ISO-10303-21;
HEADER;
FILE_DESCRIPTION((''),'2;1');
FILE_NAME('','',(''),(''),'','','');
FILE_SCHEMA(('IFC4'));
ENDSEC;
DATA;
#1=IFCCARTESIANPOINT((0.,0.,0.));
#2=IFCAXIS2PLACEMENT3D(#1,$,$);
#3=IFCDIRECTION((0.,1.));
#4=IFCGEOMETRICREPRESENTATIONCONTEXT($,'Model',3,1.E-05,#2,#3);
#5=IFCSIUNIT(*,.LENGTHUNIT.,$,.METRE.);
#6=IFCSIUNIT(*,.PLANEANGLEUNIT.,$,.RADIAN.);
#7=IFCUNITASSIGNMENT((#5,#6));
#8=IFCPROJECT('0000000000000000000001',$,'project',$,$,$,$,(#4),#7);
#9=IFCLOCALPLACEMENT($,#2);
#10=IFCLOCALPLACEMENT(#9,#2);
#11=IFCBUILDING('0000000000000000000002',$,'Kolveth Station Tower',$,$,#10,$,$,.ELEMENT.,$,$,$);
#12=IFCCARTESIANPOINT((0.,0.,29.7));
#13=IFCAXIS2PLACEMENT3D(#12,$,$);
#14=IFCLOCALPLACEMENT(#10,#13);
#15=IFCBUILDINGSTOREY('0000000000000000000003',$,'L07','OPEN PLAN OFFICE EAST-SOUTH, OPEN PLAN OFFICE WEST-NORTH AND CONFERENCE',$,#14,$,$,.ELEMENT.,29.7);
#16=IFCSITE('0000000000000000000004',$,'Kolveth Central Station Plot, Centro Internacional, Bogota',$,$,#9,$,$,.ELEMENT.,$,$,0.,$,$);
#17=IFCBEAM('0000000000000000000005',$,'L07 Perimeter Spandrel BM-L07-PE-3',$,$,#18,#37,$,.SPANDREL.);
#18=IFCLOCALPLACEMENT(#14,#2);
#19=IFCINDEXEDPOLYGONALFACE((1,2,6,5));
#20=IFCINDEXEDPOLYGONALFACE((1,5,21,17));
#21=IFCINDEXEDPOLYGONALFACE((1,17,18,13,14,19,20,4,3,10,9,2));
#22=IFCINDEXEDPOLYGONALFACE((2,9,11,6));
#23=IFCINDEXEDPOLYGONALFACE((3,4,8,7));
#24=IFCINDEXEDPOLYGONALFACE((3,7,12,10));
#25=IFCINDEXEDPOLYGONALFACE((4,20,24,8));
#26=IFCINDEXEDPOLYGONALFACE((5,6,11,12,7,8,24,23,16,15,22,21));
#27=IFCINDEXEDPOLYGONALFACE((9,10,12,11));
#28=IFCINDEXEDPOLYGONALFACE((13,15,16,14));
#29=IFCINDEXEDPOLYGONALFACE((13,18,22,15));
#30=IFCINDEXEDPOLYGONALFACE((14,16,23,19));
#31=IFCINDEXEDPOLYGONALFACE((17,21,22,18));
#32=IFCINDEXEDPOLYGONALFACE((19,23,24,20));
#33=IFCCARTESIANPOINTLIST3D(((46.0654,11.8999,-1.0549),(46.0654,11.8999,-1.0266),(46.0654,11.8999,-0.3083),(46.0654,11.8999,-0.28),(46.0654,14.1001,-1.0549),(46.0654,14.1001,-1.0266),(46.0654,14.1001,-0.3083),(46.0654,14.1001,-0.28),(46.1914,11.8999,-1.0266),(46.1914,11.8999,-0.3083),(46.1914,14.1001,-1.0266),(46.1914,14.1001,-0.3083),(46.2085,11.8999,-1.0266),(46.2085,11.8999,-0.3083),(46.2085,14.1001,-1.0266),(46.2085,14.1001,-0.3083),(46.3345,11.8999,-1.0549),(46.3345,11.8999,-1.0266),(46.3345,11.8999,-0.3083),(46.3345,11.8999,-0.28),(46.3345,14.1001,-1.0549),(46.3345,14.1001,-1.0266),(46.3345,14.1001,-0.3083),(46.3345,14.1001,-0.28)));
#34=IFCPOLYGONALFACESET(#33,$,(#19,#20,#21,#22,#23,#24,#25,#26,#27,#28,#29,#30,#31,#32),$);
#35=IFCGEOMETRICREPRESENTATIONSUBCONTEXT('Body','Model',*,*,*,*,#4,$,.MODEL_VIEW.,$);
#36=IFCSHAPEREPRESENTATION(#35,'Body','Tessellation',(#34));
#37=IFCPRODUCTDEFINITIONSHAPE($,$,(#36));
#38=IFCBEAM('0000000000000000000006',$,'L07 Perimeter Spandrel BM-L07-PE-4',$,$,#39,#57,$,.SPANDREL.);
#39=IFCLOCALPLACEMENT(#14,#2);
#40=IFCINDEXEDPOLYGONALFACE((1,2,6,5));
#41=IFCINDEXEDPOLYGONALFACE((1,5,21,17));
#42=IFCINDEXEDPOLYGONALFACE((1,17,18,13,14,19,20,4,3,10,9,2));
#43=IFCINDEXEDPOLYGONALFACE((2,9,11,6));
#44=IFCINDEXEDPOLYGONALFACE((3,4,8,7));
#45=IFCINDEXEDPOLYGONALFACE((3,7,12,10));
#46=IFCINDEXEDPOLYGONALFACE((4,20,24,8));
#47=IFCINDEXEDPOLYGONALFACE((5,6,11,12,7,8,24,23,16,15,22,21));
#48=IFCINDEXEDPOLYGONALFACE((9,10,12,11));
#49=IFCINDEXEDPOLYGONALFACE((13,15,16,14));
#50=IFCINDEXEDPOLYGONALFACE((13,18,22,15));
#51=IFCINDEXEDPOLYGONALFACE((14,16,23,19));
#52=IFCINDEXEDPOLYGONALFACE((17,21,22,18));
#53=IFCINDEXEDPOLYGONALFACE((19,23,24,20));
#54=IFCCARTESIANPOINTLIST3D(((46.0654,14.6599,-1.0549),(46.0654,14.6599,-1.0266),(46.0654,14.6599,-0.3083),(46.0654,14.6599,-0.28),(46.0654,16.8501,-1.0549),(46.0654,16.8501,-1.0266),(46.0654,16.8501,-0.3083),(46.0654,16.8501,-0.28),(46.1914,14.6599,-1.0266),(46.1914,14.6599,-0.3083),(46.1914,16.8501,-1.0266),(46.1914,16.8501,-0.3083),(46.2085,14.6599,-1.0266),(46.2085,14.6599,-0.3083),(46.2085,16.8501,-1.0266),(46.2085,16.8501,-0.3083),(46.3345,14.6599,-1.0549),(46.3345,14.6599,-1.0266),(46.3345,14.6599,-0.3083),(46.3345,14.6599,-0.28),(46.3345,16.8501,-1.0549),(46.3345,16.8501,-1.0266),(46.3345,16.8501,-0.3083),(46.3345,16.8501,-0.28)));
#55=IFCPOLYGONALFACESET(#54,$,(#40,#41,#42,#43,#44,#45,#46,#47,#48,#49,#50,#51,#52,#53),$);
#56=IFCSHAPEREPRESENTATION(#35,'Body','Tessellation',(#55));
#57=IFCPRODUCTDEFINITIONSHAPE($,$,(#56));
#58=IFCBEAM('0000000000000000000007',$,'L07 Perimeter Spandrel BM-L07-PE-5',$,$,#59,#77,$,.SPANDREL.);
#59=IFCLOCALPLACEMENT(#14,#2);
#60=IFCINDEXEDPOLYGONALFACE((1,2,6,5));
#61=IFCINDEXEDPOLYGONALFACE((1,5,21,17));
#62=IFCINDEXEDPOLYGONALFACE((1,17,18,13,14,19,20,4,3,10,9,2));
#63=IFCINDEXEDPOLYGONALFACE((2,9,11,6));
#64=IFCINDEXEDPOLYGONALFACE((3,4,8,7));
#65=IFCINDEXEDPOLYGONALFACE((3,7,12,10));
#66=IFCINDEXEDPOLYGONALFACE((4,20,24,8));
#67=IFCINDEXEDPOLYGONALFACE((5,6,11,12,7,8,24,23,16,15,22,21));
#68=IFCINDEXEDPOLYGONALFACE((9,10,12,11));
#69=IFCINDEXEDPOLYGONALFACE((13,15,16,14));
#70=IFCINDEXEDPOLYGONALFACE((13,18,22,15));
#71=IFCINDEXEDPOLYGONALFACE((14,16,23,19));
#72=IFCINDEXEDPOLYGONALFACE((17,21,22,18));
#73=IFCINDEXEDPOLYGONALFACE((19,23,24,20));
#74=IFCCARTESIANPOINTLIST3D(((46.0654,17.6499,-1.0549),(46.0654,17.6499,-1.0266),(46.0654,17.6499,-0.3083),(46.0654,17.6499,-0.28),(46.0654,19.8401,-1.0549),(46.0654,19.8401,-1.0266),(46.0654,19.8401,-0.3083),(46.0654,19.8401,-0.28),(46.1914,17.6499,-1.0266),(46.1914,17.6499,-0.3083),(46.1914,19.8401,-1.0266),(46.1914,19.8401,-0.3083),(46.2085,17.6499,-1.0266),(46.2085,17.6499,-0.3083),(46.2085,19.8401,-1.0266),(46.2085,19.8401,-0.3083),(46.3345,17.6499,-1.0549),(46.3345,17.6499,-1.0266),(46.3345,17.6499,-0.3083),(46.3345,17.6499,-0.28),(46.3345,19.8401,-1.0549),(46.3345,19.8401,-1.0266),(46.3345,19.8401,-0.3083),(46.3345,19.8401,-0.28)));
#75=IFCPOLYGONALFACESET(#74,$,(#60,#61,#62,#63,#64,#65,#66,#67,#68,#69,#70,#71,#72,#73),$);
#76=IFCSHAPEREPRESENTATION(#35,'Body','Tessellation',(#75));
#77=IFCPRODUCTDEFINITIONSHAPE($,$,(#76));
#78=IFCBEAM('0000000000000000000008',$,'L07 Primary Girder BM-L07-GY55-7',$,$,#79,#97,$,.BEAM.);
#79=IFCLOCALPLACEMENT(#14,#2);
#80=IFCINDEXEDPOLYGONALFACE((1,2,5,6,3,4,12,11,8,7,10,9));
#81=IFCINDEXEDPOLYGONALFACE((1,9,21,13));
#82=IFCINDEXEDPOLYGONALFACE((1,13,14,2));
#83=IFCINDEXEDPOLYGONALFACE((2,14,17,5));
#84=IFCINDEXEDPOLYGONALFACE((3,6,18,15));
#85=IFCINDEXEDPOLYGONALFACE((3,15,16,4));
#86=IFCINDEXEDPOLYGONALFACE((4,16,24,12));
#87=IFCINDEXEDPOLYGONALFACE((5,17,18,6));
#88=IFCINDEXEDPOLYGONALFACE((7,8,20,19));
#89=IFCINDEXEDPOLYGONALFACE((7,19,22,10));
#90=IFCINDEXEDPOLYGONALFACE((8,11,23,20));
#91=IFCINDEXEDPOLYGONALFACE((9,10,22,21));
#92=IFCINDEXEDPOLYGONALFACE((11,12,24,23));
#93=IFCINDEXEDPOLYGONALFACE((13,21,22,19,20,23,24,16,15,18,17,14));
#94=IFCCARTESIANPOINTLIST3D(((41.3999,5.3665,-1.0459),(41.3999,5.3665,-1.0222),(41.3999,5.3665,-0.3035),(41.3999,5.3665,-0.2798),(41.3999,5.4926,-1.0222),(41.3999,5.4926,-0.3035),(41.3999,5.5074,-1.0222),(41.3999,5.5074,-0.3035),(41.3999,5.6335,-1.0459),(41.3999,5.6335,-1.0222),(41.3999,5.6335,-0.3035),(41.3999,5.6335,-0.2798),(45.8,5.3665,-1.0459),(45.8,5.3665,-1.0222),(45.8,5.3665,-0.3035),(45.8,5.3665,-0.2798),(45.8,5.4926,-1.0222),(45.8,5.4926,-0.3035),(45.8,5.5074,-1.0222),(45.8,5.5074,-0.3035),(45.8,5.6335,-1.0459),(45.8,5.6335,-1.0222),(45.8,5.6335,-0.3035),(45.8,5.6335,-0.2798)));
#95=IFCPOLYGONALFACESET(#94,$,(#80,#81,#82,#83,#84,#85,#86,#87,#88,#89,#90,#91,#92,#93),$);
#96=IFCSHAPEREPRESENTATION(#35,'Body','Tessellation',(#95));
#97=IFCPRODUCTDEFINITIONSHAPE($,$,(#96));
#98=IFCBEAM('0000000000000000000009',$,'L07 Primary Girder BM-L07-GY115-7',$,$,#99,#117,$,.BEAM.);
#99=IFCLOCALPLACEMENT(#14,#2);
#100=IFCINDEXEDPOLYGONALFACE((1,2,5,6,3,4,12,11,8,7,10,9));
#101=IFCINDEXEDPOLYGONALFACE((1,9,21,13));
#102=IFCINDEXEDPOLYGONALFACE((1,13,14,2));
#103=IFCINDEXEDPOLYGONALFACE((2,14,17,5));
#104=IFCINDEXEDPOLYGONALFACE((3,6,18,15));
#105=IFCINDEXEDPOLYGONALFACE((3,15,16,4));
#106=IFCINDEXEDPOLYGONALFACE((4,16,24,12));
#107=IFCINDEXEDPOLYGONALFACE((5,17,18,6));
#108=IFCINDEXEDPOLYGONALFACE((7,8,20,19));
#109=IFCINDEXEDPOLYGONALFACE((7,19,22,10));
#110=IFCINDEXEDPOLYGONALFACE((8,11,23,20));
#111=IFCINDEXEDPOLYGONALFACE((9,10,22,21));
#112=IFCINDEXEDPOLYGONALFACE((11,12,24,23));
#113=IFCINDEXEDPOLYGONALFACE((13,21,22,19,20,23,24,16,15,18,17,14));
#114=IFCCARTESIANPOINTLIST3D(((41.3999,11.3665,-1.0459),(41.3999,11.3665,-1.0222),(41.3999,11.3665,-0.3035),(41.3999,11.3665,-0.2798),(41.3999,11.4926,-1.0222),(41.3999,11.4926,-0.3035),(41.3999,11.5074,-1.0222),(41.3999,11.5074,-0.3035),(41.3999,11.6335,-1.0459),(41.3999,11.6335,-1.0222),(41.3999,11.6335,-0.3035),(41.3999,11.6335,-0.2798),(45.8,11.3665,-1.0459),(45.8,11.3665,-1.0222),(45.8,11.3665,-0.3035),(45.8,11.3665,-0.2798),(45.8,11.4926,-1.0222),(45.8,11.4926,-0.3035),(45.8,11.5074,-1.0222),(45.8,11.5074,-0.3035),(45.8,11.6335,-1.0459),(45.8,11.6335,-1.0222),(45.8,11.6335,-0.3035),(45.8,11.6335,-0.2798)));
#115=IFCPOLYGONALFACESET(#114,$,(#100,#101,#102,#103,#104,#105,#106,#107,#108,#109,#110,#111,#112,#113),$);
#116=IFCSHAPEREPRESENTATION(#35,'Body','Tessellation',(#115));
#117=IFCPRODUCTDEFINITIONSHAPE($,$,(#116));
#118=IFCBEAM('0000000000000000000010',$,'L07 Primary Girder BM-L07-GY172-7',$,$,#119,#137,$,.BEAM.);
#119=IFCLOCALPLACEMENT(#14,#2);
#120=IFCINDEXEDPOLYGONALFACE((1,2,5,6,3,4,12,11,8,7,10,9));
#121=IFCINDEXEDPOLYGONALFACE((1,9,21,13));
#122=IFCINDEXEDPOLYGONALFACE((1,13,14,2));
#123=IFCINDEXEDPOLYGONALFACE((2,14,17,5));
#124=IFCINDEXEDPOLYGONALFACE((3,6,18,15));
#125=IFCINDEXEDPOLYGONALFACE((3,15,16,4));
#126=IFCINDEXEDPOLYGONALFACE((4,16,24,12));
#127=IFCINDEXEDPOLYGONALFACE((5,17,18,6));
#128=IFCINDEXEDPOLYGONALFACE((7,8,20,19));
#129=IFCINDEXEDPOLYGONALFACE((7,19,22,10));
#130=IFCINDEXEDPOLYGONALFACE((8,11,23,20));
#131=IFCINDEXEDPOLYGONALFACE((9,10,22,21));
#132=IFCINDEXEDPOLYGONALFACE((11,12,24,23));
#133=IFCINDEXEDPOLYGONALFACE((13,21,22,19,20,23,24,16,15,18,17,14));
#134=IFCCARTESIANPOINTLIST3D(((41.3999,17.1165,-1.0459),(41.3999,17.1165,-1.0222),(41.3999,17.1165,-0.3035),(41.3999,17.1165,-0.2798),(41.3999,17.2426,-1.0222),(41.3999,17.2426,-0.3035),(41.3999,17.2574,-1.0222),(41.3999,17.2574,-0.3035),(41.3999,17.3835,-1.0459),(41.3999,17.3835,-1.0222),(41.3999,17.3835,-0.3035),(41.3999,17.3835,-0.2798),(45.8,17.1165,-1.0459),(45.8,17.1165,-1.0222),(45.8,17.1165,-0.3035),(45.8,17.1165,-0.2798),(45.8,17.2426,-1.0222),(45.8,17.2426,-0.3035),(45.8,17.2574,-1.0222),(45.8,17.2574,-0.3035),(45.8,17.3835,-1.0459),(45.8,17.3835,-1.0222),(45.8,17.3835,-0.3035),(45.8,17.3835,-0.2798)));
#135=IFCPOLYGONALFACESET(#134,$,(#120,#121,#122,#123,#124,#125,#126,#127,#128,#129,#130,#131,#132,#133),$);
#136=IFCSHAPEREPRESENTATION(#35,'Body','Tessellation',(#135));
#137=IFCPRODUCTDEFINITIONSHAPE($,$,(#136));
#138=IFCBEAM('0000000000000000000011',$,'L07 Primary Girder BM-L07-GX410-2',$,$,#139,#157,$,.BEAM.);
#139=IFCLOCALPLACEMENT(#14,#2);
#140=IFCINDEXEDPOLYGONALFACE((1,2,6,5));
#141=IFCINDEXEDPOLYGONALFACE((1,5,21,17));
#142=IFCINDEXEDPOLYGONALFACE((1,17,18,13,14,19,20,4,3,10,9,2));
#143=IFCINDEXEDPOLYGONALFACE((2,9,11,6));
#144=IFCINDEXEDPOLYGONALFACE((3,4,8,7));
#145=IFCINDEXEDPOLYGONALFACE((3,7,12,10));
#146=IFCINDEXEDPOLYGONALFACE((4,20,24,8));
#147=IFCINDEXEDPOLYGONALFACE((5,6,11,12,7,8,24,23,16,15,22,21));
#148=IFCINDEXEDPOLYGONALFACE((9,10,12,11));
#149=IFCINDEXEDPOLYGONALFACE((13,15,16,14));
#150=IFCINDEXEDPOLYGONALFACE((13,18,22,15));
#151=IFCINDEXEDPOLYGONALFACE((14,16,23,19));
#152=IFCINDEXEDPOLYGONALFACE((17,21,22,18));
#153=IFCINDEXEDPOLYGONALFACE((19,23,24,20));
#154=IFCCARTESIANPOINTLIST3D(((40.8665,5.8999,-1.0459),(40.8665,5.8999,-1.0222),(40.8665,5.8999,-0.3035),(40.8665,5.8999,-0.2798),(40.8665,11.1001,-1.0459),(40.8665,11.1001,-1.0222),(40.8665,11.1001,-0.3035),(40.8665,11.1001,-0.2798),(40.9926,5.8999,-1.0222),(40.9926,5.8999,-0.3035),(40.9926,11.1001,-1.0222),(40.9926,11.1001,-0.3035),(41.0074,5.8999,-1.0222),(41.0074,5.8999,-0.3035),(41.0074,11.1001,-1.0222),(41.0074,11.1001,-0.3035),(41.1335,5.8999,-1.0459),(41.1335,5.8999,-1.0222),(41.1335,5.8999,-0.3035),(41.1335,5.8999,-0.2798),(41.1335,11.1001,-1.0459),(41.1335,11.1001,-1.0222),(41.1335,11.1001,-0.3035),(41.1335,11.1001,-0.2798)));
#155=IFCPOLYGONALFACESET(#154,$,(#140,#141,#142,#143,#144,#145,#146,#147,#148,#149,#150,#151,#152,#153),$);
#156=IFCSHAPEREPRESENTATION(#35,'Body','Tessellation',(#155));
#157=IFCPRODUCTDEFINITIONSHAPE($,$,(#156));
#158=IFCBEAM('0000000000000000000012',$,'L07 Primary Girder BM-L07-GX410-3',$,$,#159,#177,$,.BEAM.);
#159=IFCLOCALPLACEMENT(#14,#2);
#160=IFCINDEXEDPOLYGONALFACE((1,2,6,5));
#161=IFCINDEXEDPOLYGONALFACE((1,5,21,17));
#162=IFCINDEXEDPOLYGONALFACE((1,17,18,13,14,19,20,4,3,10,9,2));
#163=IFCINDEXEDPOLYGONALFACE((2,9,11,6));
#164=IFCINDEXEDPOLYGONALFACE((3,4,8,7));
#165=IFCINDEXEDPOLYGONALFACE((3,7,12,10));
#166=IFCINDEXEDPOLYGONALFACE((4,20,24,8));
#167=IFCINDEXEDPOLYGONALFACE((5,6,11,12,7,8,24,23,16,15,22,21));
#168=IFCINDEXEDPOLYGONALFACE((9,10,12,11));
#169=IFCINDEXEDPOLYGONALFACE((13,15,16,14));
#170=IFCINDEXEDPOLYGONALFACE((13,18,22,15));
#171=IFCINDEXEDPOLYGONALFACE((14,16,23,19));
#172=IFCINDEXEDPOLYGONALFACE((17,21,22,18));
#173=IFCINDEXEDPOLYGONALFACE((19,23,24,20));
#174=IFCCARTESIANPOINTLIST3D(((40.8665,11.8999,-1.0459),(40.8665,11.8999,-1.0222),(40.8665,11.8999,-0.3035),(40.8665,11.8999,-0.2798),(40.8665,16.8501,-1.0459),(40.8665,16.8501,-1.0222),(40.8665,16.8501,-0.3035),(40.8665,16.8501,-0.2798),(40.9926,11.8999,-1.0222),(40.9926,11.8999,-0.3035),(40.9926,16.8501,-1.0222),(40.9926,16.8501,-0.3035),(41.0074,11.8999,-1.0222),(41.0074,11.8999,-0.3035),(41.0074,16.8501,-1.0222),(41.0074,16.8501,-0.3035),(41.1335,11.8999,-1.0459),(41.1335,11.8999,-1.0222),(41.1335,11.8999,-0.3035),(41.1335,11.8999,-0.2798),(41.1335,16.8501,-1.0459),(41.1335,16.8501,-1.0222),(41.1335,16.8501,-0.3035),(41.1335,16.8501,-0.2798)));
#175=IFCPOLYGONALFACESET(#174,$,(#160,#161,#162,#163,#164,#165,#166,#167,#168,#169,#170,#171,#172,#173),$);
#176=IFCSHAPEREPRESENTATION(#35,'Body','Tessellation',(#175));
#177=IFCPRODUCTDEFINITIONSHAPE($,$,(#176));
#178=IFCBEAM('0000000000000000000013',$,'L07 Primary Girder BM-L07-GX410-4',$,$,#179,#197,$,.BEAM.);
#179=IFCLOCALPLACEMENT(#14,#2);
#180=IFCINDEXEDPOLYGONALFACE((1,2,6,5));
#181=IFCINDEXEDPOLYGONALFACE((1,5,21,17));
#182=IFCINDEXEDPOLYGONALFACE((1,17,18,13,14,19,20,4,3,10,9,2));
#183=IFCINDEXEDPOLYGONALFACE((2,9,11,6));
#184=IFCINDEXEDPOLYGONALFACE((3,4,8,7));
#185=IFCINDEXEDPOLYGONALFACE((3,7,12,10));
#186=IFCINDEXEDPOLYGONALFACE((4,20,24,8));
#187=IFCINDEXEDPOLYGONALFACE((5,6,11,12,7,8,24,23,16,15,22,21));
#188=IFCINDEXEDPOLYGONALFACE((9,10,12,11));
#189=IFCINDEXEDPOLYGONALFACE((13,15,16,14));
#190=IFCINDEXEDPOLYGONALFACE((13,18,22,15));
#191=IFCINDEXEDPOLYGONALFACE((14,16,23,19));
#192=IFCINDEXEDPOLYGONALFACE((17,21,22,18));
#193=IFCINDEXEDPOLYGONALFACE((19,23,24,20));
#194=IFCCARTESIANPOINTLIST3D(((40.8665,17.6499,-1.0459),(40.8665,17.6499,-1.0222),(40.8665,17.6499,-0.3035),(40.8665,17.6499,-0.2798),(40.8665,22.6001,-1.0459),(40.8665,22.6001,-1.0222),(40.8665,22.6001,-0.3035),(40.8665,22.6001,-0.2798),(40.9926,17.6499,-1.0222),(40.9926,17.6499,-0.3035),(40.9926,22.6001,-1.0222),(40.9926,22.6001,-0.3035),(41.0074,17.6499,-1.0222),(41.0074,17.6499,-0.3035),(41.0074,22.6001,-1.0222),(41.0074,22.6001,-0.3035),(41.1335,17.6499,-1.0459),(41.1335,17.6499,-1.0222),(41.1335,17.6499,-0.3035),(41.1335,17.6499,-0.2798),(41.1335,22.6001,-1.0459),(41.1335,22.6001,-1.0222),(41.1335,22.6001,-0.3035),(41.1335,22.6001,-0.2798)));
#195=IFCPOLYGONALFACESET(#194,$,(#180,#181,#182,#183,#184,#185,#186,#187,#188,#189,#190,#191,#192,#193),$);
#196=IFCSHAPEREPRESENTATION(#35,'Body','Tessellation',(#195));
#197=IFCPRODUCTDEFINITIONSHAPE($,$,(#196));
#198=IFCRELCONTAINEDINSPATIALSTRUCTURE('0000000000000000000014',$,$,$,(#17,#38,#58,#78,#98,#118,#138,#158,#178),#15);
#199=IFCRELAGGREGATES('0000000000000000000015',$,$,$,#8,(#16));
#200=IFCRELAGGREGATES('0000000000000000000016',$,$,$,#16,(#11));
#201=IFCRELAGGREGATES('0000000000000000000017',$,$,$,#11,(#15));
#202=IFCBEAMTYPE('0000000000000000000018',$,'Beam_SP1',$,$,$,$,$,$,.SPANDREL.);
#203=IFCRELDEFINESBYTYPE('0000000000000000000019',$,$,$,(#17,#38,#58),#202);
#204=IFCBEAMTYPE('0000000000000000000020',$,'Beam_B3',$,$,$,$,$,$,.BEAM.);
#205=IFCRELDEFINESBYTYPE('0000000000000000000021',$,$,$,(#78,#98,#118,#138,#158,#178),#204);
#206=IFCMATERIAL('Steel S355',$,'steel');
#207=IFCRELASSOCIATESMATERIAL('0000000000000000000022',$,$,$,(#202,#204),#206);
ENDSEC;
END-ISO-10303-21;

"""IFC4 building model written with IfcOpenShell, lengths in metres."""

from ifc_helpers import new_model, si_unit, direction, frame, origin, origin_2d, place, context, subcontext, project, spatial, i_section, extrude, source, transform, mapped, material, material_profile, profile_set, type_object, element, save


model = new_model("IFC4")

# Units and contexts
model_context = context("Model", 3, precision=1e-05, world=origin(), true_north=direction((0.0, 1.0)))
body_context = subcontext(model_context, "Body", "Model", "MODEL_VIEW")
ifc_project = project(units=[si_unit("LENGTHUNIT", "METRE"), si_unit("PLANEANGLEUNIT", "RADIAN")], contexts=[model_context])

# Site, building, storey
site_placement = place(None, origin())
site = spatial("IfcSite", under=ifc_project, at=site_placement, Name="Kolveth Central Station Plot, Centro Internacional, Bogota", CompositionType="ELEMENT", RefElevation=0.0)
building_placement = place(site_placement, origin())
building = spatial("IfcBuilding", under=site, at=building_placement, Name="Kolveth Station Tower", CompositionType="ELEMENT")
storey_placement = place(building_placement, frame((0.0, 0.0, 29.7)))
storey = spatial("IfcBuildingStorey", under=building, at=storey_placement, Name="L07", Description="OPEN PLAN OFFICE EAST-SOUTH, OPEN PLAN OFFICE WEST-NORTH AND CONFERENCE", CompositionType="ELEMENT", Elevation=29.7)

# Shared definitions
ifc_material_1 = material(Name="Steel S355", Category="steel")

# Beams
ifc_material_profile_1 = material_profile(ifc_material_1, i_section(OverallWidth=0.269, OverallDepth=0.7749, WebThickness=0.0171, FlangeThickness=0.0283, at=origin_2d()), Name="W760x220")
ifc_profile_set_1 = profile_set([ifc_material_profile_1], Name="Steel S355")
beam_type_1 = type_object("IfcBeamType", Name="Beam_SP1", PredefinedType="SPANDREL", material=ifc_profile_set_1)
shared_shape_1 = source(origin(), body_context, "Body", "SweptSolid", [
    extrude(i_section(OverallWidth=0.269, OverallDepth=0.7749, WebThickness=0.0171, FlangeThickness=0.0283, at=origin_2d()), origin(), (0.0, 0.0, 1.0), 2.2002),
])
beam_1_placement = place(storey_placement, frame((46.2, 11.8999, -0.6675), z_axis=(0.0, 1.0, 0.0), x_axis=(-1.0, 0.0, 0.0)))
element("IfcBeam", 1, at=beam_1_placement, inside=storey, type_object=beam_type_1, Name="L07 Perimeter Spandrel BM-L07-PE-3", PredefinedType="SPANDREL", context=body_context, shape_type="MappedRepresentation", body=[
    mapped(shared_shape_1, transform((0.0, 0.0, 0.0), x_axis=(1.0, 0.0, 0.0), y_axis=(0.0, 1.0, 0.0), z_axis=(0.0, 0.0, 1.0), scale=1.0)),
])
shared_shape_2 = source(origin(), body_context, "Body", "SweptSolid", [
    extrude(i_section(OverallWidth=0.269, OverallDepth=0.7749, WebThickness=0.0171, FlangeThickness=0.0283, at=origin_2d()), origin(), (0.0, 0.0, 1.0), 2.1902),
])
for number, where, z_axis, x_axis, name in (
    (2, (46.2, 14.6599, -0.6675), (0.0, 1.0, 0.0), (-1.0, 0.0, 0.0), "L07 Perimeter Spandrel BM-L07-PE-4"),
    (3, (46.2, 17.6499, -0.6675), (0.0, 1.0, 0.0), (-1.0, 0.0, 0.0), "L07 Perimeter Spandrel BM-L07-PE-5"),
):
    element("IfcBeam", number, at=place(storey_placement, frame(where, z_axis=z_axis, x_axis=x_axis)), inside=storey, type_object=beam_type_1, Name=name, PredefinedType="SPANDREL", context=body_context, shape_type="MappedRepresentation", body=[
        mapped(shared_shape_2, transform((0.0, 0.0, 0.0), x_axis=(1.0, 0.0, 0.0), y_axis=(0.0, 1.0, 0.0), z_axis=(0.0, 0.0, 1.0), scale=1.0)),
    ])
ifc_material_profile_2 = material_profile(ifc_material_1, i_section(OverallWidth=0.2671, OverallDepth=0.7661, WebThickness=0.0149, FlangeThickness=0.0237, at=origin_2d()), Name="W760x185")
ifc_profile_set_2 = profile_set([ifc_material_profile_2], Name="Steel S355")
beam_type_2 = type_object("IfcBeamType", Name="Beam_B3", PredefinedType="BEAM", material=ifc_profile_set_2)
shared_shape_3 = source(origin(), body_context, "Body", "SweptSolid", [
    extrude(i_section(OverallWidth=0.2671, OverallDepth=0.7661, WebThickness=0.0149, FlangeThickness=0.0237, at=origin_2d()), origin(), (0.0, 0.0, 1.0), 4.4001),
])
for number, where, z_axis, x_axis, name in (
    (4, (41.3999, 5.5, -0.6628), (1.0, 0.0, 0.0), (0.0, 1.0, 0.0), "L07 Primary Girder BM-L07-GY55-7"),
    (5, (41.3999, 11.5, -0.6628), (1.0, 0.0, 0.0), (0.0, 1.0, 0.0), "L07 Primary Girder BM-L07-GY115-7"),
    (6, (41.3999, 17.25, -0.6628), (1.0, 0.0, 0.0), (0.0, 1.0, 0.0), "L07 Primary Girder BM-L07-GY172-7"),
):
    element("IfcBeam", number, at=place(storey_placement, frame(where, z_axis=z_axis, x_axis=x_axis)), inside=storey, type_object=beam_type_2, Name=name, PredefinedType="BEAM", context=body_context, shape_type="MappedRepresentation", body=[
        mapped(shared_shape_3, transform((0.0, 0.0, 0.0), x_axis=(1.0, 0.0, 0.0), y_axis=(0.0, 1.0, 0.0), z_axis=(0.0, 0.0, 1.0), scale=1.0)),
    ])
shared_shape_4 = source(origin(), body_context, "Body", "SweptSolid", [
    extrude(i_section(OverallWidth=0.2671, OverallDepth=0.7661, WebThickness=0.0149, FlangeThickness=0.0237, at=origin_2d()), origin(), (0.0, 0.0, 1.0), 5.2002),
])
beam_2_placement = place(storey_placement, frame((41.0, 5.8999, -0.6628), z_axis=(0.0, 1.0, 0.0), x_axis=(-1.0, 0.0, 0.0)))
element("IfcBeam", 7, at=beam_2_placement, inside=storey, type_object=beam_type_2, Name="L07 Primary Girder BM-L07-GX410-2", PredefinedType="BEAM", context=body_context, shape_type="MappedRepresentation", body=[
    mapped(shared_shape_4, transform((0.0, 0.0, 0.0), x_axis=(1.0, 0.0, 0.0), y_axis=(0.0, 1.0, 0.0), z_axis=(0.0, 0.0, 1.0), scale=1.0)),
])
shared_shape_5 = source(origin(), body_context, "Body", "SweptSolid", [
    extrude(i_section(OverallWidth=0.2671, OverallDepth=0.7661, WebThickness=0.0149, FlangeThickness=0.0237, at=origin_2d()), origin(), (0.0, 0.0, 1.0), 4.9502),
])
for number, where, z_axis, x_axis, name in (
    (8, (41.0, 11.8999, -0.6628), (0.0, 1.0, 0.0), (-1.0, 0.0, 0.0), "L07 Primary Girder BM-L07-GX410-3"),
    (9, (41.0, 17.6499, -0.6628), (0.0, 1.0, 0.0), (-1.0, 0.0, 0.0), "L07 Primary Girder BM-L07-GX410-4"),
):
    element("IfcBeam", number, at=place(storey_placement, frame(where, z_axis=z_axis, x_axis=x_axis)), inside=storey, type_object=beam_type_2, Name=name, PredefinedType="BEAM", context=body_context, shape_type="MappedRepresentation", body=[
        mapped(shared_shape_5, transform((0.0, 0.0, 0.0), x_axis=(1.0, 0.0, 0.0), y_axis=(0.0, 1.0, 0.0), z_axis=(0.0, 0.0, 1.0), scale=1.0)),
    ])

save(model, "model.ifc")
